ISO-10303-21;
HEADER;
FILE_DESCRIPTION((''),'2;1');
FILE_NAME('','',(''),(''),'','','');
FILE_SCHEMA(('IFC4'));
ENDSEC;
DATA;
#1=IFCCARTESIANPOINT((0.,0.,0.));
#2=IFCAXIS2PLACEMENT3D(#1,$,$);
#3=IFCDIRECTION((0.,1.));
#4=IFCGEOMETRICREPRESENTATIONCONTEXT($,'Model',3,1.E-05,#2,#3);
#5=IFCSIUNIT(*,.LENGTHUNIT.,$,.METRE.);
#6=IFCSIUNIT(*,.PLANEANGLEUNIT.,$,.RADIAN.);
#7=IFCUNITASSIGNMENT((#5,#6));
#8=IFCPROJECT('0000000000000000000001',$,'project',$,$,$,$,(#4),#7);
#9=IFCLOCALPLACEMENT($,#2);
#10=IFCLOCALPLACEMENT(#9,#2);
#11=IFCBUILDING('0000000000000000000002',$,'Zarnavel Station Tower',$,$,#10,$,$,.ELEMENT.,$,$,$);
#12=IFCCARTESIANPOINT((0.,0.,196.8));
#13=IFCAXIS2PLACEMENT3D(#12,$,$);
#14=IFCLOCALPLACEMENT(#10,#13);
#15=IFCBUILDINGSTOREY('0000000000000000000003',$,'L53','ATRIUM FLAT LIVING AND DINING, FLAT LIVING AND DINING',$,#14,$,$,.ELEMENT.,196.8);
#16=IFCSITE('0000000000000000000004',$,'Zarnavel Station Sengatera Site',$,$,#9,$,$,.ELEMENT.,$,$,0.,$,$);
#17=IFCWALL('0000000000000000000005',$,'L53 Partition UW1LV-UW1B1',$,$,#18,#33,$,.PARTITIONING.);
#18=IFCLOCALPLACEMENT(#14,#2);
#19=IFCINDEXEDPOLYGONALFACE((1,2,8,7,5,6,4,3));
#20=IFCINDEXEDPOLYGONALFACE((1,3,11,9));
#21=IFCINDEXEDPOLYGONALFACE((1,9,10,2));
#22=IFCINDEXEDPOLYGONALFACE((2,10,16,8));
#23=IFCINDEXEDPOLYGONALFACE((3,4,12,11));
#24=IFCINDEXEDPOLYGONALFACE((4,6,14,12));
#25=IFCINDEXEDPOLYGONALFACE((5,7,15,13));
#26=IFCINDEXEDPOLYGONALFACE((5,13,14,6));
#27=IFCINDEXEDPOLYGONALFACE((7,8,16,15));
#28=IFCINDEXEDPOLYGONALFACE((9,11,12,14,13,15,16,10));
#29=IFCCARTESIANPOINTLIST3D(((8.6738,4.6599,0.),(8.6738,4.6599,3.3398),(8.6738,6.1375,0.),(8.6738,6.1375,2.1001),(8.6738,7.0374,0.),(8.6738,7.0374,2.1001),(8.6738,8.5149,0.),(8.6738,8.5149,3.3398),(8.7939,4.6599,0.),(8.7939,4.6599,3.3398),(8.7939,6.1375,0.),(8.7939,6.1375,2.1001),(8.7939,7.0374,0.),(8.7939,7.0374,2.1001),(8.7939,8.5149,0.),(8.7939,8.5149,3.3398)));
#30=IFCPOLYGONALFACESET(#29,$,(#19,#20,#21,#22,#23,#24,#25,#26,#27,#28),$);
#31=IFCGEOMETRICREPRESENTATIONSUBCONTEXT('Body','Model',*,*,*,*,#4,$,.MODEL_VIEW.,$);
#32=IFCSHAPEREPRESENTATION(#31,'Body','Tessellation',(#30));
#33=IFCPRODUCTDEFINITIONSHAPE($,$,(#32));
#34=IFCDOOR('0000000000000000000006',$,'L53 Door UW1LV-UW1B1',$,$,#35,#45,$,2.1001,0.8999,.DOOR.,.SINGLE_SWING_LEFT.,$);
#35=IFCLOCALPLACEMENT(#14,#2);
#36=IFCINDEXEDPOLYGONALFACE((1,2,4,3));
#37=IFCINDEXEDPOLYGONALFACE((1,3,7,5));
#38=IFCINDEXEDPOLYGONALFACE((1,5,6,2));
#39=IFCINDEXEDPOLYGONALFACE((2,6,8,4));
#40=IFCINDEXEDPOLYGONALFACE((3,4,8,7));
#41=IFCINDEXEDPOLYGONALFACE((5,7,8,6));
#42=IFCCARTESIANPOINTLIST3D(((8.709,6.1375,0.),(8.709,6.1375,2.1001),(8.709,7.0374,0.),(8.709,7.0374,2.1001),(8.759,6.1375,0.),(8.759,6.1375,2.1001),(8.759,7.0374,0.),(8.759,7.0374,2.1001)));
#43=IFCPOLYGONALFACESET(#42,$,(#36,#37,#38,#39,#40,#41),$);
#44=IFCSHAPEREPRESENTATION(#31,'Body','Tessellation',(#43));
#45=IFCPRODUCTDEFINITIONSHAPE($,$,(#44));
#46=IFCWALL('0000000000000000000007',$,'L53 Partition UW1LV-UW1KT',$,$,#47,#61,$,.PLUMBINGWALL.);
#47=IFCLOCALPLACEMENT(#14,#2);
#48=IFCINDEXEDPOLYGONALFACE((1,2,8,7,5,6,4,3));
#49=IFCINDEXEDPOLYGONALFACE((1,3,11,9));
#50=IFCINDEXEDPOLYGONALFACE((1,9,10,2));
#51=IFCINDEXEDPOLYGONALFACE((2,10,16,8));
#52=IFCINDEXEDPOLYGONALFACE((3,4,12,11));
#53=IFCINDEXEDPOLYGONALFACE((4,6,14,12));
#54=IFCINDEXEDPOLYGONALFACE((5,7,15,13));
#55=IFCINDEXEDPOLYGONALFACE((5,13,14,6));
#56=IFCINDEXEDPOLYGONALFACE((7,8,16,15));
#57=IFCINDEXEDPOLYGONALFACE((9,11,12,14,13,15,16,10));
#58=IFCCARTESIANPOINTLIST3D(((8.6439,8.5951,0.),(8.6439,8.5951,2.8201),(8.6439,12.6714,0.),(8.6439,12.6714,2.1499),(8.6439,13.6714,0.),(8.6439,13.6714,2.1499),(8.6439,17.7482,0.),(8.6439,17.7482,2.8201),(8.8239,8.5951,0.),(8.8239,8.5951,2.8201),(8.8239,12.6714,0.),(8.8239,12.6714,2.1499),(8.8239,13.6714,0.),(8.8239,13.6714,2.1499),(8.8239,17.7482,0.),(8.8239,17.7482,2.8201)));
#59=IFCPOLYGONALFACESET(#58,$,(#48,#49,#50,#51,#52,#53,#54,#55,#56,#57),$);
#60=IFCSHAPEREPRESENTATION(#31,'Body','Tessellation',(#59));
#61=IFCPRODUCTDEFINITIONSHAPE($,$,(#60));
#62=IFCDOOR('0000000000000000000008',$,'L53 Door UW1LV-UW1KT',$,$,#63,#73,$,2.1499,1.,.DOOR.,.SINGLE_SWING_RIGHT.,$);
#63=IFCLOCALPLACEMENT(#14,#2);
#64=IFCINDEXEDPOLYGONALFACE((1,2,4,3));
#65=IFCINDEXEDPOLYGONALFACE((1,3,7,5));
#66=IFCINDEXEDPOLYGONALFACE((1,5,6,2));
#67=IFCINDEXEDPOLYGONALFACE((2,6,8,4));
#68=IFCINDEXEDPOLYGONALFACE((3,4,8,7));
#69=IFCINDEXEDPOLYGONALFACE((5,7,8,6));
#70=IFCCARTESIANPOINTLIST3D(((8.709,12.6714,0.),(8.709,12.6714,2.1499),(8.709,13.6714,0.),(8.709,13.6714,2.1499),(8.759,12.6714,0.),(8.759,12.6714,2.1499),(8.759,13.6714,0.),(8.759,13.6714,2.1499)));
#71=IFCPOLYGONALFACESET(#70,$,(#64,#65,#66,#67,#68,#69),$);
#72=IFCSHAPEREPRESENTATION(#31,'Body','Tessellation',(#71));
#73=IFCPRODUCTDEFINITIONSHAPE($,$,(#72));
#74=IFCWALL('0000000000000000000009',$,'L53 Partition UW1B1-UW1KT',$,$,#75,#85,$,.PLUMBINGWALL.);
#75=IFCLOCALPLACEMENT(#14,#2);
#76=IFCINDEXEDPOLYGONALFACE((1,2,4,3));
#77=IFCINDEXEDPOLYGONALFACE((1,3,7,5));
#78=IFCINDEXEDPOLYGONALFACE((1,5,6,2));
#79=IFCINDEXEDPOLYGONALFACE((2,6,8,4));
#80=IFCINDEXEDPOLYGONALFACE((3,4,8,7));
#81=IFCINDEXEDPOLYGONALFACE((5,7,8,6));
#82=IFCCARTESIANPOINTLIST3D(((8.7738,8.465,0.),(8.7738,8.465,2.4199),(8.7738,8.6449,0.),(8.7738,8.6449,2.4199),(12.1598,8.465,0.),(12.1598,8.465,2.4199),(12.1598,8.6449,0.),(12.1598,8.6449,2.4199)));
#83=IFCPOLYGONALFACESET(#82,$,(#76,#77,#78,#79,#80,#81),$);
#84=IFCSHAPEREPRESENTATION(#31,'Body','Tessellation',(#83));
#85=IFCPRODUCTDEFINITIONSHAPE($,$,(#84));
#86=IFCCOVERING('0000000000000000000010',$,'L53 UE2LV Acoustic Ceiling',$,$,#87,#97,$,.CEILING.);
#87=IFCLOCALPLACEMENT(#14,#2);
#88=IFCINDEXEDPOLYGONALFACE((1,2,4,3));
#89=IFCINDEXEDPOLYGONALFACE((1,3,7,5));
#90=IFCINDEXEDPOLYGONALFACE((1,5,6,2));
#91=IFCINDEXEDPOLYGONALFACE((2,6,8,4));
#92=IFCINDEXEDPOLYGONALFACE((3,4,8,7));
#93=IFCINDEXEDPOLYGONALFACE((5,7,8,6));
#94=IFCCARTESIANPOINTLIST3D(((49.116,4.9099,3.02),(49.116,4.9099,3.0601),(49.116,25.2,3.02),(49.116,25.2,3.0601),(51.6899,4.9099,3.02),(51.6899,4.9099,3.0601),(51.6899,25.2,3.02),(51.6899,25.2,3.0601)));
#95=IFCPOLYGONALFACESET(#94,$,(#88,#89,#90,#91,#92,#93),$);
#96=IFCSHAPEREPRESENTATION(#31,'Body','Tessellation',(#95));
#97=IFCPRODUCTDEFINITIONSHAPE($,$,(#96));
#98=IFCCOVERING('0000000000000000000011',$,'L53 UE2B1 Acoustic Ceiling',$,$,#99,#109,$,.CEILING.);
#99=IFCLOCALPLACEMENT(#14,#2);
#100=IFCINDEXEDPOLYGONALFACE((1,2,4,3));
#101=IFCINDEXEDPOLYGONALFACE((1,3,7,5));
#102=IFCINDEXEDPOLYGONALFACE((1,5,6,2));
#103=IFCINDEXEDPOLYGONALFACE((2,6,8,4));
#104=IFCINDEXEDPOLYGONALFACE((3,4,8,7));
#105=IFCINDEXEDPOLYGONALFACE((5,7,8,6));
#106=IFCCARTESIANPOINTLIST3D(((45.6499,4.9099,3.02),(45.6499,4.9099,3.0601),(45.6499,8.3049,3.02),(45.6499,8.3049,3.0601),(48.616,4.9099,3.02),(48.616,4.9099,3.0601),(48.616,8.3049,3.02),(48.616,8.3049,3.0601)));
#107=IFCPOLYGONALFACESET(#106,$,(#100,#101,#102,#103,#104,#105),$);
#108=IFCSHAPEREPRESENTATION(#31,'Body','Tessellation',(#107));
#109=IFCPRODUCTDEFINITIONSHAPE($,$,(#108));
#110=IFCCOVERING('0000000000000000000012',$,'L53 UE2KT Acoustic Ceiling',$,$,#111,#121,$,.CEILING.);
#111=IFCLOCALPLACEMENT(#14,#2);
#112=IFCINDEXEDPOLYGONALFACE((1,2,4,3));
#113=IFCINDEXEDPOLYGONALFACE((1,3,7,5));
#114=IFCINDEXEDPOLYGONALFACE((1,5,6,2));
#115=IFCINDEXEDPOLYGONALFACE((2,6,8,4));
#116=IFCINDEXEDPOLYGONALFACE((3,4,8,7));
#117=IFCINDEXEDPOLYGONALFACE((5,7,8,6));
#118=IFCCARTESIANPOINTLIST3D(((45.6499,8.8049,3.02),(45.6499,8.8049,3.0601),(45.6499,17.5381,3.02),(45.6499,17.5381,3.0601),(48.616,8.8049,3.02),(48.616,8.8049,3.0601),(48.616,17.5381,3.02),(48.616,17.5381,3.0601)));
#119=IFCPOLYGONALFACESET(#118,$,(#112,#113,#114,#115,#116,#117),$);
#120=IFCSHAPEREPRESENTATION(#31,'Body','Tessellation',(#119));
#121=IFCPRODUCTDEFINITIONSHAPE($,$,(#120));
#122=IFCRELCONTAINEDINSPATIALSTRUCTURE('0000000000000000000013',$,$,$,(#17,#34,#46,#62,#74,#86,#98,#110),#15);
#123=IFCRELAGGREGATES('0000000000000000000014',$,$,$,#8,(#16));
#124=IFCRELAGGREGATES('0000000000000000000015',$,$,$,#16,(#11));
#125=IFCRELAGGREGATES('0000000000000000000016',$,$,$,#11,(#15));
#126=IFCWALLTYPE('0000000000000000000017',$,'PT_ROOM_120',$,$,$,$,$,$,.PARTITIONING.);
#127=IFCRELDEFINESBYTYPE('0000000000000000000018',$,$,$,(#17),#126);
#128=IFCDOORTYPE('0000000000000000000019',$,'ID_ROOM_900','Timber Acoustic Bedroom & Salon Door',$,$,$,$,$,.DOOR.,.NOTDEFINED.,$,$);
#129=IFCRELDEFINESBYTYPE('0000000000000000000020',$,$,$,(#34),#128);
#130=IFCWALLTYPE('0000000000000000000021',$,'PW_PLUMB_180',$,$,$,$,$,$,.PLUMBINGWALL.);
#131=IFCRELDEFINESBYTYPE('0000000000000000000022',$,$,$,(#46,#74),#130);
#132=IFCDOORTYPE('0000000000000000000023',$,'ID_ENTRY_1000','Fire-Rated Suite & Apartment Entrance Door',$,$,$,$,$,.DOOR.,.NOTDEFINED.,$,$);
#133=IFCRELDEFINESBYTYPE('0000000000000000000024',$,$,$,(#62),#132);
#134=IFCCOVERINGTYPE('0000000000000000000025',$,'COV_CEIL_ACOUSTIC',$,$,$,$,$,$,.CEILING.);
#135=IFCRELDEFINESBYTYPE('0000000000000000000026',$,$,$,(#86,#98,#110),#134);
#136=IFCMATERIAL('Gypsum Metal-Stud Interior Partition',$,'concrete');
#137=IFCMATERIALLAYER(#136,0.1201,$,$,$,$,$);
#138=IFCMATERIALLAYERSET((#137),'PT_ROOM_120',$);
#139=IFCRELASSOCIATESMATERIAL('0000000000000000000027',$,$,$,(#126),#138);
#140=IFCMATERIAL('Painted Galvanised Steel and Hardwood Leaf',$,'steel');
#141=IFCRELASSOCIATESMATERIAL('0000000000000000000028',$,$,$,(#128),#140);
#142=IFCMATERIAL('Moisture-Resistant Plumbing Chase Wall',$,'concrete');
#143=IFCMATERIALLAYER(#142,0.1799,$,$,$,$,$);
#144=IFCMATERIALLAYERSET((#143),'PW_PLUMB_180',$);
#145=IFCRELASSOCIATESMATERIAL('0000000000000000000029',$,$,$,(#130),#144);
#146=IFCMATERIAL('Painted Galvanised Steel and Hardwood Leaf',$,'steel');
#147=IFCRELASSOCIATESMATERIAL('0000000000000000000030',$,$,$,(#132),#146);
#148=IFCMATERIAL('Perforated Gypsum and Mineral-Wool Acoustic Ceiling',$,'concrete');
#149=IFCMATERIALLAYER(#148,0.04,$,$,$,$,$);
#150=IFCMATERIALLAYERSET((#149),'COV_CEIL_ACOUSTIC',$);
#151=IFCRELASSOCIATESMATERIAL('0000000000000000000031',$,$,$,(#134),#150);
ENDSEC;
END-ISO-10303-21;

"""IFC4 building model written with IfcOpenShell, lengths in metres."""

from ifc_helpers import new_model, si_unit, direction, frame, frame_2d, origin, place, context, subcontext, project, spatial, polyline, rectangle, outline, extrude, material, layer, layer_set, type_object, element, fill, save


model = new_model("IFC4")

# Units and contexts
model_context = context("Model", 3, precision=1e-05, world=origin(), true_north=direction((0.0, 1.0)))
body_context = subcontext(model_context, "Body", "Model", "MODEL_VIEW")
ifc_project = project(units=[si_unit("LENGTHUNIT", "METRE"), si_unit("PLANEANGLEUNIT", "RADIAN")], contexts=[model_context])

# Site, building, storey
site_placement = place(None, origin())
site = spatial("IfcSite", under=ifc_project, at=site_placement, Name="Zarnavel Station Sengatera Site", CompositionType="ELEMENT", RefElevation=0.0)
building_placement = place(site_placement, origin())
building = spatial("IfcBuilding", under=site, at=building_placement, Name="Zarnavel Station Tower", CompositionType="ELEMENT")
storey_placement = place(building_placement, frame((0.0, 0.0, 196.8)))
storey = spatial("IfcBuildingStorey", under=building, at=storey_placement, Name="L53", Description="ATRIUM FLAT LIVING AND DINING, FLAT LIVING AND DINING", CompositionType="ELEMENT", Elevation=196.8)

# Walls, openings, doors
ifc_material_1 = material(Name="Gypsum Metal-Stud Interior Partition", Category="concrete")
ifc_layer_1 = layer(ifc_material_1, 0.1201)
ifc_layer_set_1 = layer_set([ifc_layer_1], Name="PT_ROOM_120")
wall_type_1 = type_object("IfcWallType", Name="PT_ROOM_120", PredefinedType="PARTITIONING", material=ifc_layer_set_1)
wall_1_placement = place(storey_placement, frame((8.7339, 4.6599, 0.0), z_axis=(0.0, 0.0, 1.0), x_axis=(0.0, 1.0, 0.0)))
wall_1 = element("IfcWall", 1, at=wall_1_placement, inside=storey, type_object=wall_type_1, Name="L53 Partition UW1LV-UW1B1", PredefinedType="PARTITIONING", context=body_context, shape_type="SweptSolid", body=[
    extrude(rectangle(XDim=3.855, YDim=0.1201, at=frame_2d((1.9275, 0.0))), origin(), (0.0, 0.0, 1.0), 3.3398),
])
opening_1_placement = place(wall_1_placement, frame((1.4775, 0.0, 0.0)))
opening_1 = element("IfcOpeningElement", 2, at=opening_1_placement, cuts=wall_1, PredefinedType="OPENING", context=body_context, shape_type="SweptSolid", body=[
    extrude(rectangle(XDim=0.8999, YDim=2.1001, at=frame_2d((0.45, 1.05))), frame((0.0, 0.0701, 0.0), z_axis=(0.0, -1.0, 0.0), x_axis=(1.0, 0.0, 0.0)), (0.0, 0.0, 1.0), 0.1401),
])
ifc_material_2 = material(Name="Painted Galvanised Steel and Hardwood Leaf", Category="steel")
door_type_1 = type_object("IfcDoorType", Name="ID_ROOM_900", Description="Timber Acoustic Bedroom & Salon Door", OperationType="NOTDEFINED", PredefinedType="DOOR", material=ifc_material_2)
door_1_placement = place(opening_1_placement, origin())
door_1 = element("IfcDoor", 3, at=door_1_placement, inside=storey, type_object=door_type_1, Name="L53 Door UW1LV-UW1B1", OperationType="SINGLE_SWING_LEFT", OverallHeight=2.1001, OverallWidth=0.8999, PredefinedType="DOOR", context=body_context, shape_type="SweptSolid", body=[
    extrude(rectangle(XDim=0.8999, YDim=2.1001, at=frame_2d((0.45, 1.05))), frame((0.0, 0.0249, 0.0), z_axis=(0.0, -1.0, 0.0), x_axis=(1.0, 0.0, 0.0)), (0.0, 0.0, 1.0), 0.05),
])
fill(opening_1, door_1)
ifc_material_3 = material(Name="Moisture-Resistant Plumbing Chase Wall", Category="concrete")
ifc_layer_2 = layer(ifc_material_3, 0.1799)
ifc_layer_set_2 = layer_set([ifc_layer_2], Name="PW_PLUMB_180")
wall_type_2 = type_object("IfcWallType", Name="PW_PLUMB_180", PredefinedType="PLUMBINGWALL", material=ifc_layer_set_2)
wall_2_placement = place(storey_placement, frame((8.7339, 8.595, 0.0), z_axis=(0.0, 0.0, 1.0), x_axis=(0.0, 1.0, 0.0)))
wall_2 = element("IfcWall", 4, at=wall_2_placement, inside=storey, type_object=wall_type_2, Name="L53 Partition UW1LV-UW1KT", PredefinedType="PLUMBINGWALL", context=body_context, shape_type="SweptSolid", body=[
    extrude(rectangle(XDim=9.1531, YDim=0.1799, at=frame_2d((4.5767, 0.0))), origin(), (0.0, 0.0, 1.0), 2.8201),
])
opening_2_placement = place(wall_2_placement, frame((4.0764, 0.0, 0.0)))
opening_2 = element("IfcOpeningElement", 5, at=opening_2_placement, cuts=wall_2, PredefinedType="OPENING", context=body_context, shape_type="SweptSolid", body=[
    extrude(rectangle(XDim=1.0, YDim=2.1499, at=frame_2d((0.5, 1.075))), frame((0.0, 0.0999, 0.0), z_axis=(0.0, -1.0, 0.0), x_axis=(1.0, 0.0, 0.0)), (0.0, 0.0, 1.0), 0.2),
])
ifc_material_4 = material(Name="Painted Galvanised Steel and Hardwood Leaf", Category="steel")
door_type_2 = type_object("IfcDoorType", Name="ID_ENTRY_1000", Description="Fire-Rated Suite & Apartment Entrance Door", OperationType="NOTDEFINED", PredefinedType="DOOR", material=ifc_material_4)
door_2_placement = place(opening_2_placement, origin())
door_2 = element("IfcDoor", 6, at=door_2_placement, inside=storey, type_object=door_type_2, Name="L53 Door UW1LV-UW1KT", OperationType="SINGLE_SWING_RIGHT", OverallHeight=2.1499, OverallWidth=1.0, PredefinedType="DOOR", context=body_context, shape_type="SweptSolid", body=[
    extrude(rectangle(XDim=1.0, YDim=2.1499, at=frame_2d((0.5, 1.075))), frame((0.0, 0.0249, 0.0), z_axis=(0.0, -1.0, 0.0), x_axis=(1.0, 0.0, 0.0)), (0.0, 0.0, 1.0), 0.05),
])
fill(opening_2, door_2)

# Wall
wall_3_placement = place(storey_placement, frame((8.7739, 8.5549, 0.0), z_axis=(0.0, 0.0, 1.0), x_axis=(1.0, 0.0, 0.0)))
element("IfcWall", 7, at=wall_3_placement, inside=storey, type_object=wall_type_2, Name="L53 Partition UW1B1-UW1KT", PredefinedType="PLUMBINGWALL", context=body_context, shape_type="SweptSolid", body=[
    extrude(rectangle(XDim=3.386, YDim=0.1799, at=frame_2d((1.6929, 0.0))), origin(), (0.0, 0.0, 1.0), 2.4199),
])

# Coverings
ifc_material_5 = material(Name="Perforated Gypsum and Mineral-Wool Acoustic Ceiling", Category="concrete")
ifc_layer_3 = layer(ifc_material_5, 0.04)
ifc_layer_set_3 = layer_set([ifc_layer_3], Name="COV_CEIL_ACOUSTIC")
covering_type = type_object("IfcCoveringType", Name="COV_CEIL_ACOUSTIC", PredefinedType="CEILING", material=ifc_layer_set_3)
covering_1_placement = place(storey_placement, frame((0.0, 0.0, 3.02)))
element("IfcCovering", 8, at=covering_1_placement, inside=storey, type_object=covering_type, Name="L53 UE2LV Acoustic Ceiling", PredefinedType="CEILING", context=body_context, shape_type="SweptSolid", body=[
    extrude(outline(polyline([(49.116, 4.9099), (51.6899, 4.9099), (51.6899, 25.2), (49.116, 25.2), (49.116, 4.9099)])), origin(), (0.0, 0.0, 1.0), 0.04),
])
covering_2_placement = place(storey_placement, frame((0.0, 0.0, 3.02)))
element("IfcCovering", 9, at=covering_2_placement, inside=storey, type_object=covering_type, Name="L53 UE2B1 Acoustic Ceiling", PredefinedType="CEILING", context=body_context, shape_type="SweptSolid", body=[
    extrude(outline(polyline([(45.6499, 4.9099), (48.616, 4.9099), (48.616, 8.3049), (45.6499, 8.3049), (45.6499, 4.9099)])), origin(), (0.0, 0.0, 1.0), 0.04),
])
covering_3_placement = place(storey_placement, frame((0.0, 0.0, 3.02)))
element("IfcCovering", 10, at=covering_3_placement, inside=storey, type_object=covering_type, Name="L53 UE2KT Acoustic Ceiling", PredefinedType="CEILING", context=body_context, shape_type="SweptSolid", body=[
    extrude(outline(polyline([(45.6499, 8.8049), (48.616, 8.8049), (48.616, 17.5381), (45.6499, 17.5381), (45.6499, 8.8049)])), origin(), (0.0, 0.0, 1.0), 0.04),
])

save(model, "model.ifc")
